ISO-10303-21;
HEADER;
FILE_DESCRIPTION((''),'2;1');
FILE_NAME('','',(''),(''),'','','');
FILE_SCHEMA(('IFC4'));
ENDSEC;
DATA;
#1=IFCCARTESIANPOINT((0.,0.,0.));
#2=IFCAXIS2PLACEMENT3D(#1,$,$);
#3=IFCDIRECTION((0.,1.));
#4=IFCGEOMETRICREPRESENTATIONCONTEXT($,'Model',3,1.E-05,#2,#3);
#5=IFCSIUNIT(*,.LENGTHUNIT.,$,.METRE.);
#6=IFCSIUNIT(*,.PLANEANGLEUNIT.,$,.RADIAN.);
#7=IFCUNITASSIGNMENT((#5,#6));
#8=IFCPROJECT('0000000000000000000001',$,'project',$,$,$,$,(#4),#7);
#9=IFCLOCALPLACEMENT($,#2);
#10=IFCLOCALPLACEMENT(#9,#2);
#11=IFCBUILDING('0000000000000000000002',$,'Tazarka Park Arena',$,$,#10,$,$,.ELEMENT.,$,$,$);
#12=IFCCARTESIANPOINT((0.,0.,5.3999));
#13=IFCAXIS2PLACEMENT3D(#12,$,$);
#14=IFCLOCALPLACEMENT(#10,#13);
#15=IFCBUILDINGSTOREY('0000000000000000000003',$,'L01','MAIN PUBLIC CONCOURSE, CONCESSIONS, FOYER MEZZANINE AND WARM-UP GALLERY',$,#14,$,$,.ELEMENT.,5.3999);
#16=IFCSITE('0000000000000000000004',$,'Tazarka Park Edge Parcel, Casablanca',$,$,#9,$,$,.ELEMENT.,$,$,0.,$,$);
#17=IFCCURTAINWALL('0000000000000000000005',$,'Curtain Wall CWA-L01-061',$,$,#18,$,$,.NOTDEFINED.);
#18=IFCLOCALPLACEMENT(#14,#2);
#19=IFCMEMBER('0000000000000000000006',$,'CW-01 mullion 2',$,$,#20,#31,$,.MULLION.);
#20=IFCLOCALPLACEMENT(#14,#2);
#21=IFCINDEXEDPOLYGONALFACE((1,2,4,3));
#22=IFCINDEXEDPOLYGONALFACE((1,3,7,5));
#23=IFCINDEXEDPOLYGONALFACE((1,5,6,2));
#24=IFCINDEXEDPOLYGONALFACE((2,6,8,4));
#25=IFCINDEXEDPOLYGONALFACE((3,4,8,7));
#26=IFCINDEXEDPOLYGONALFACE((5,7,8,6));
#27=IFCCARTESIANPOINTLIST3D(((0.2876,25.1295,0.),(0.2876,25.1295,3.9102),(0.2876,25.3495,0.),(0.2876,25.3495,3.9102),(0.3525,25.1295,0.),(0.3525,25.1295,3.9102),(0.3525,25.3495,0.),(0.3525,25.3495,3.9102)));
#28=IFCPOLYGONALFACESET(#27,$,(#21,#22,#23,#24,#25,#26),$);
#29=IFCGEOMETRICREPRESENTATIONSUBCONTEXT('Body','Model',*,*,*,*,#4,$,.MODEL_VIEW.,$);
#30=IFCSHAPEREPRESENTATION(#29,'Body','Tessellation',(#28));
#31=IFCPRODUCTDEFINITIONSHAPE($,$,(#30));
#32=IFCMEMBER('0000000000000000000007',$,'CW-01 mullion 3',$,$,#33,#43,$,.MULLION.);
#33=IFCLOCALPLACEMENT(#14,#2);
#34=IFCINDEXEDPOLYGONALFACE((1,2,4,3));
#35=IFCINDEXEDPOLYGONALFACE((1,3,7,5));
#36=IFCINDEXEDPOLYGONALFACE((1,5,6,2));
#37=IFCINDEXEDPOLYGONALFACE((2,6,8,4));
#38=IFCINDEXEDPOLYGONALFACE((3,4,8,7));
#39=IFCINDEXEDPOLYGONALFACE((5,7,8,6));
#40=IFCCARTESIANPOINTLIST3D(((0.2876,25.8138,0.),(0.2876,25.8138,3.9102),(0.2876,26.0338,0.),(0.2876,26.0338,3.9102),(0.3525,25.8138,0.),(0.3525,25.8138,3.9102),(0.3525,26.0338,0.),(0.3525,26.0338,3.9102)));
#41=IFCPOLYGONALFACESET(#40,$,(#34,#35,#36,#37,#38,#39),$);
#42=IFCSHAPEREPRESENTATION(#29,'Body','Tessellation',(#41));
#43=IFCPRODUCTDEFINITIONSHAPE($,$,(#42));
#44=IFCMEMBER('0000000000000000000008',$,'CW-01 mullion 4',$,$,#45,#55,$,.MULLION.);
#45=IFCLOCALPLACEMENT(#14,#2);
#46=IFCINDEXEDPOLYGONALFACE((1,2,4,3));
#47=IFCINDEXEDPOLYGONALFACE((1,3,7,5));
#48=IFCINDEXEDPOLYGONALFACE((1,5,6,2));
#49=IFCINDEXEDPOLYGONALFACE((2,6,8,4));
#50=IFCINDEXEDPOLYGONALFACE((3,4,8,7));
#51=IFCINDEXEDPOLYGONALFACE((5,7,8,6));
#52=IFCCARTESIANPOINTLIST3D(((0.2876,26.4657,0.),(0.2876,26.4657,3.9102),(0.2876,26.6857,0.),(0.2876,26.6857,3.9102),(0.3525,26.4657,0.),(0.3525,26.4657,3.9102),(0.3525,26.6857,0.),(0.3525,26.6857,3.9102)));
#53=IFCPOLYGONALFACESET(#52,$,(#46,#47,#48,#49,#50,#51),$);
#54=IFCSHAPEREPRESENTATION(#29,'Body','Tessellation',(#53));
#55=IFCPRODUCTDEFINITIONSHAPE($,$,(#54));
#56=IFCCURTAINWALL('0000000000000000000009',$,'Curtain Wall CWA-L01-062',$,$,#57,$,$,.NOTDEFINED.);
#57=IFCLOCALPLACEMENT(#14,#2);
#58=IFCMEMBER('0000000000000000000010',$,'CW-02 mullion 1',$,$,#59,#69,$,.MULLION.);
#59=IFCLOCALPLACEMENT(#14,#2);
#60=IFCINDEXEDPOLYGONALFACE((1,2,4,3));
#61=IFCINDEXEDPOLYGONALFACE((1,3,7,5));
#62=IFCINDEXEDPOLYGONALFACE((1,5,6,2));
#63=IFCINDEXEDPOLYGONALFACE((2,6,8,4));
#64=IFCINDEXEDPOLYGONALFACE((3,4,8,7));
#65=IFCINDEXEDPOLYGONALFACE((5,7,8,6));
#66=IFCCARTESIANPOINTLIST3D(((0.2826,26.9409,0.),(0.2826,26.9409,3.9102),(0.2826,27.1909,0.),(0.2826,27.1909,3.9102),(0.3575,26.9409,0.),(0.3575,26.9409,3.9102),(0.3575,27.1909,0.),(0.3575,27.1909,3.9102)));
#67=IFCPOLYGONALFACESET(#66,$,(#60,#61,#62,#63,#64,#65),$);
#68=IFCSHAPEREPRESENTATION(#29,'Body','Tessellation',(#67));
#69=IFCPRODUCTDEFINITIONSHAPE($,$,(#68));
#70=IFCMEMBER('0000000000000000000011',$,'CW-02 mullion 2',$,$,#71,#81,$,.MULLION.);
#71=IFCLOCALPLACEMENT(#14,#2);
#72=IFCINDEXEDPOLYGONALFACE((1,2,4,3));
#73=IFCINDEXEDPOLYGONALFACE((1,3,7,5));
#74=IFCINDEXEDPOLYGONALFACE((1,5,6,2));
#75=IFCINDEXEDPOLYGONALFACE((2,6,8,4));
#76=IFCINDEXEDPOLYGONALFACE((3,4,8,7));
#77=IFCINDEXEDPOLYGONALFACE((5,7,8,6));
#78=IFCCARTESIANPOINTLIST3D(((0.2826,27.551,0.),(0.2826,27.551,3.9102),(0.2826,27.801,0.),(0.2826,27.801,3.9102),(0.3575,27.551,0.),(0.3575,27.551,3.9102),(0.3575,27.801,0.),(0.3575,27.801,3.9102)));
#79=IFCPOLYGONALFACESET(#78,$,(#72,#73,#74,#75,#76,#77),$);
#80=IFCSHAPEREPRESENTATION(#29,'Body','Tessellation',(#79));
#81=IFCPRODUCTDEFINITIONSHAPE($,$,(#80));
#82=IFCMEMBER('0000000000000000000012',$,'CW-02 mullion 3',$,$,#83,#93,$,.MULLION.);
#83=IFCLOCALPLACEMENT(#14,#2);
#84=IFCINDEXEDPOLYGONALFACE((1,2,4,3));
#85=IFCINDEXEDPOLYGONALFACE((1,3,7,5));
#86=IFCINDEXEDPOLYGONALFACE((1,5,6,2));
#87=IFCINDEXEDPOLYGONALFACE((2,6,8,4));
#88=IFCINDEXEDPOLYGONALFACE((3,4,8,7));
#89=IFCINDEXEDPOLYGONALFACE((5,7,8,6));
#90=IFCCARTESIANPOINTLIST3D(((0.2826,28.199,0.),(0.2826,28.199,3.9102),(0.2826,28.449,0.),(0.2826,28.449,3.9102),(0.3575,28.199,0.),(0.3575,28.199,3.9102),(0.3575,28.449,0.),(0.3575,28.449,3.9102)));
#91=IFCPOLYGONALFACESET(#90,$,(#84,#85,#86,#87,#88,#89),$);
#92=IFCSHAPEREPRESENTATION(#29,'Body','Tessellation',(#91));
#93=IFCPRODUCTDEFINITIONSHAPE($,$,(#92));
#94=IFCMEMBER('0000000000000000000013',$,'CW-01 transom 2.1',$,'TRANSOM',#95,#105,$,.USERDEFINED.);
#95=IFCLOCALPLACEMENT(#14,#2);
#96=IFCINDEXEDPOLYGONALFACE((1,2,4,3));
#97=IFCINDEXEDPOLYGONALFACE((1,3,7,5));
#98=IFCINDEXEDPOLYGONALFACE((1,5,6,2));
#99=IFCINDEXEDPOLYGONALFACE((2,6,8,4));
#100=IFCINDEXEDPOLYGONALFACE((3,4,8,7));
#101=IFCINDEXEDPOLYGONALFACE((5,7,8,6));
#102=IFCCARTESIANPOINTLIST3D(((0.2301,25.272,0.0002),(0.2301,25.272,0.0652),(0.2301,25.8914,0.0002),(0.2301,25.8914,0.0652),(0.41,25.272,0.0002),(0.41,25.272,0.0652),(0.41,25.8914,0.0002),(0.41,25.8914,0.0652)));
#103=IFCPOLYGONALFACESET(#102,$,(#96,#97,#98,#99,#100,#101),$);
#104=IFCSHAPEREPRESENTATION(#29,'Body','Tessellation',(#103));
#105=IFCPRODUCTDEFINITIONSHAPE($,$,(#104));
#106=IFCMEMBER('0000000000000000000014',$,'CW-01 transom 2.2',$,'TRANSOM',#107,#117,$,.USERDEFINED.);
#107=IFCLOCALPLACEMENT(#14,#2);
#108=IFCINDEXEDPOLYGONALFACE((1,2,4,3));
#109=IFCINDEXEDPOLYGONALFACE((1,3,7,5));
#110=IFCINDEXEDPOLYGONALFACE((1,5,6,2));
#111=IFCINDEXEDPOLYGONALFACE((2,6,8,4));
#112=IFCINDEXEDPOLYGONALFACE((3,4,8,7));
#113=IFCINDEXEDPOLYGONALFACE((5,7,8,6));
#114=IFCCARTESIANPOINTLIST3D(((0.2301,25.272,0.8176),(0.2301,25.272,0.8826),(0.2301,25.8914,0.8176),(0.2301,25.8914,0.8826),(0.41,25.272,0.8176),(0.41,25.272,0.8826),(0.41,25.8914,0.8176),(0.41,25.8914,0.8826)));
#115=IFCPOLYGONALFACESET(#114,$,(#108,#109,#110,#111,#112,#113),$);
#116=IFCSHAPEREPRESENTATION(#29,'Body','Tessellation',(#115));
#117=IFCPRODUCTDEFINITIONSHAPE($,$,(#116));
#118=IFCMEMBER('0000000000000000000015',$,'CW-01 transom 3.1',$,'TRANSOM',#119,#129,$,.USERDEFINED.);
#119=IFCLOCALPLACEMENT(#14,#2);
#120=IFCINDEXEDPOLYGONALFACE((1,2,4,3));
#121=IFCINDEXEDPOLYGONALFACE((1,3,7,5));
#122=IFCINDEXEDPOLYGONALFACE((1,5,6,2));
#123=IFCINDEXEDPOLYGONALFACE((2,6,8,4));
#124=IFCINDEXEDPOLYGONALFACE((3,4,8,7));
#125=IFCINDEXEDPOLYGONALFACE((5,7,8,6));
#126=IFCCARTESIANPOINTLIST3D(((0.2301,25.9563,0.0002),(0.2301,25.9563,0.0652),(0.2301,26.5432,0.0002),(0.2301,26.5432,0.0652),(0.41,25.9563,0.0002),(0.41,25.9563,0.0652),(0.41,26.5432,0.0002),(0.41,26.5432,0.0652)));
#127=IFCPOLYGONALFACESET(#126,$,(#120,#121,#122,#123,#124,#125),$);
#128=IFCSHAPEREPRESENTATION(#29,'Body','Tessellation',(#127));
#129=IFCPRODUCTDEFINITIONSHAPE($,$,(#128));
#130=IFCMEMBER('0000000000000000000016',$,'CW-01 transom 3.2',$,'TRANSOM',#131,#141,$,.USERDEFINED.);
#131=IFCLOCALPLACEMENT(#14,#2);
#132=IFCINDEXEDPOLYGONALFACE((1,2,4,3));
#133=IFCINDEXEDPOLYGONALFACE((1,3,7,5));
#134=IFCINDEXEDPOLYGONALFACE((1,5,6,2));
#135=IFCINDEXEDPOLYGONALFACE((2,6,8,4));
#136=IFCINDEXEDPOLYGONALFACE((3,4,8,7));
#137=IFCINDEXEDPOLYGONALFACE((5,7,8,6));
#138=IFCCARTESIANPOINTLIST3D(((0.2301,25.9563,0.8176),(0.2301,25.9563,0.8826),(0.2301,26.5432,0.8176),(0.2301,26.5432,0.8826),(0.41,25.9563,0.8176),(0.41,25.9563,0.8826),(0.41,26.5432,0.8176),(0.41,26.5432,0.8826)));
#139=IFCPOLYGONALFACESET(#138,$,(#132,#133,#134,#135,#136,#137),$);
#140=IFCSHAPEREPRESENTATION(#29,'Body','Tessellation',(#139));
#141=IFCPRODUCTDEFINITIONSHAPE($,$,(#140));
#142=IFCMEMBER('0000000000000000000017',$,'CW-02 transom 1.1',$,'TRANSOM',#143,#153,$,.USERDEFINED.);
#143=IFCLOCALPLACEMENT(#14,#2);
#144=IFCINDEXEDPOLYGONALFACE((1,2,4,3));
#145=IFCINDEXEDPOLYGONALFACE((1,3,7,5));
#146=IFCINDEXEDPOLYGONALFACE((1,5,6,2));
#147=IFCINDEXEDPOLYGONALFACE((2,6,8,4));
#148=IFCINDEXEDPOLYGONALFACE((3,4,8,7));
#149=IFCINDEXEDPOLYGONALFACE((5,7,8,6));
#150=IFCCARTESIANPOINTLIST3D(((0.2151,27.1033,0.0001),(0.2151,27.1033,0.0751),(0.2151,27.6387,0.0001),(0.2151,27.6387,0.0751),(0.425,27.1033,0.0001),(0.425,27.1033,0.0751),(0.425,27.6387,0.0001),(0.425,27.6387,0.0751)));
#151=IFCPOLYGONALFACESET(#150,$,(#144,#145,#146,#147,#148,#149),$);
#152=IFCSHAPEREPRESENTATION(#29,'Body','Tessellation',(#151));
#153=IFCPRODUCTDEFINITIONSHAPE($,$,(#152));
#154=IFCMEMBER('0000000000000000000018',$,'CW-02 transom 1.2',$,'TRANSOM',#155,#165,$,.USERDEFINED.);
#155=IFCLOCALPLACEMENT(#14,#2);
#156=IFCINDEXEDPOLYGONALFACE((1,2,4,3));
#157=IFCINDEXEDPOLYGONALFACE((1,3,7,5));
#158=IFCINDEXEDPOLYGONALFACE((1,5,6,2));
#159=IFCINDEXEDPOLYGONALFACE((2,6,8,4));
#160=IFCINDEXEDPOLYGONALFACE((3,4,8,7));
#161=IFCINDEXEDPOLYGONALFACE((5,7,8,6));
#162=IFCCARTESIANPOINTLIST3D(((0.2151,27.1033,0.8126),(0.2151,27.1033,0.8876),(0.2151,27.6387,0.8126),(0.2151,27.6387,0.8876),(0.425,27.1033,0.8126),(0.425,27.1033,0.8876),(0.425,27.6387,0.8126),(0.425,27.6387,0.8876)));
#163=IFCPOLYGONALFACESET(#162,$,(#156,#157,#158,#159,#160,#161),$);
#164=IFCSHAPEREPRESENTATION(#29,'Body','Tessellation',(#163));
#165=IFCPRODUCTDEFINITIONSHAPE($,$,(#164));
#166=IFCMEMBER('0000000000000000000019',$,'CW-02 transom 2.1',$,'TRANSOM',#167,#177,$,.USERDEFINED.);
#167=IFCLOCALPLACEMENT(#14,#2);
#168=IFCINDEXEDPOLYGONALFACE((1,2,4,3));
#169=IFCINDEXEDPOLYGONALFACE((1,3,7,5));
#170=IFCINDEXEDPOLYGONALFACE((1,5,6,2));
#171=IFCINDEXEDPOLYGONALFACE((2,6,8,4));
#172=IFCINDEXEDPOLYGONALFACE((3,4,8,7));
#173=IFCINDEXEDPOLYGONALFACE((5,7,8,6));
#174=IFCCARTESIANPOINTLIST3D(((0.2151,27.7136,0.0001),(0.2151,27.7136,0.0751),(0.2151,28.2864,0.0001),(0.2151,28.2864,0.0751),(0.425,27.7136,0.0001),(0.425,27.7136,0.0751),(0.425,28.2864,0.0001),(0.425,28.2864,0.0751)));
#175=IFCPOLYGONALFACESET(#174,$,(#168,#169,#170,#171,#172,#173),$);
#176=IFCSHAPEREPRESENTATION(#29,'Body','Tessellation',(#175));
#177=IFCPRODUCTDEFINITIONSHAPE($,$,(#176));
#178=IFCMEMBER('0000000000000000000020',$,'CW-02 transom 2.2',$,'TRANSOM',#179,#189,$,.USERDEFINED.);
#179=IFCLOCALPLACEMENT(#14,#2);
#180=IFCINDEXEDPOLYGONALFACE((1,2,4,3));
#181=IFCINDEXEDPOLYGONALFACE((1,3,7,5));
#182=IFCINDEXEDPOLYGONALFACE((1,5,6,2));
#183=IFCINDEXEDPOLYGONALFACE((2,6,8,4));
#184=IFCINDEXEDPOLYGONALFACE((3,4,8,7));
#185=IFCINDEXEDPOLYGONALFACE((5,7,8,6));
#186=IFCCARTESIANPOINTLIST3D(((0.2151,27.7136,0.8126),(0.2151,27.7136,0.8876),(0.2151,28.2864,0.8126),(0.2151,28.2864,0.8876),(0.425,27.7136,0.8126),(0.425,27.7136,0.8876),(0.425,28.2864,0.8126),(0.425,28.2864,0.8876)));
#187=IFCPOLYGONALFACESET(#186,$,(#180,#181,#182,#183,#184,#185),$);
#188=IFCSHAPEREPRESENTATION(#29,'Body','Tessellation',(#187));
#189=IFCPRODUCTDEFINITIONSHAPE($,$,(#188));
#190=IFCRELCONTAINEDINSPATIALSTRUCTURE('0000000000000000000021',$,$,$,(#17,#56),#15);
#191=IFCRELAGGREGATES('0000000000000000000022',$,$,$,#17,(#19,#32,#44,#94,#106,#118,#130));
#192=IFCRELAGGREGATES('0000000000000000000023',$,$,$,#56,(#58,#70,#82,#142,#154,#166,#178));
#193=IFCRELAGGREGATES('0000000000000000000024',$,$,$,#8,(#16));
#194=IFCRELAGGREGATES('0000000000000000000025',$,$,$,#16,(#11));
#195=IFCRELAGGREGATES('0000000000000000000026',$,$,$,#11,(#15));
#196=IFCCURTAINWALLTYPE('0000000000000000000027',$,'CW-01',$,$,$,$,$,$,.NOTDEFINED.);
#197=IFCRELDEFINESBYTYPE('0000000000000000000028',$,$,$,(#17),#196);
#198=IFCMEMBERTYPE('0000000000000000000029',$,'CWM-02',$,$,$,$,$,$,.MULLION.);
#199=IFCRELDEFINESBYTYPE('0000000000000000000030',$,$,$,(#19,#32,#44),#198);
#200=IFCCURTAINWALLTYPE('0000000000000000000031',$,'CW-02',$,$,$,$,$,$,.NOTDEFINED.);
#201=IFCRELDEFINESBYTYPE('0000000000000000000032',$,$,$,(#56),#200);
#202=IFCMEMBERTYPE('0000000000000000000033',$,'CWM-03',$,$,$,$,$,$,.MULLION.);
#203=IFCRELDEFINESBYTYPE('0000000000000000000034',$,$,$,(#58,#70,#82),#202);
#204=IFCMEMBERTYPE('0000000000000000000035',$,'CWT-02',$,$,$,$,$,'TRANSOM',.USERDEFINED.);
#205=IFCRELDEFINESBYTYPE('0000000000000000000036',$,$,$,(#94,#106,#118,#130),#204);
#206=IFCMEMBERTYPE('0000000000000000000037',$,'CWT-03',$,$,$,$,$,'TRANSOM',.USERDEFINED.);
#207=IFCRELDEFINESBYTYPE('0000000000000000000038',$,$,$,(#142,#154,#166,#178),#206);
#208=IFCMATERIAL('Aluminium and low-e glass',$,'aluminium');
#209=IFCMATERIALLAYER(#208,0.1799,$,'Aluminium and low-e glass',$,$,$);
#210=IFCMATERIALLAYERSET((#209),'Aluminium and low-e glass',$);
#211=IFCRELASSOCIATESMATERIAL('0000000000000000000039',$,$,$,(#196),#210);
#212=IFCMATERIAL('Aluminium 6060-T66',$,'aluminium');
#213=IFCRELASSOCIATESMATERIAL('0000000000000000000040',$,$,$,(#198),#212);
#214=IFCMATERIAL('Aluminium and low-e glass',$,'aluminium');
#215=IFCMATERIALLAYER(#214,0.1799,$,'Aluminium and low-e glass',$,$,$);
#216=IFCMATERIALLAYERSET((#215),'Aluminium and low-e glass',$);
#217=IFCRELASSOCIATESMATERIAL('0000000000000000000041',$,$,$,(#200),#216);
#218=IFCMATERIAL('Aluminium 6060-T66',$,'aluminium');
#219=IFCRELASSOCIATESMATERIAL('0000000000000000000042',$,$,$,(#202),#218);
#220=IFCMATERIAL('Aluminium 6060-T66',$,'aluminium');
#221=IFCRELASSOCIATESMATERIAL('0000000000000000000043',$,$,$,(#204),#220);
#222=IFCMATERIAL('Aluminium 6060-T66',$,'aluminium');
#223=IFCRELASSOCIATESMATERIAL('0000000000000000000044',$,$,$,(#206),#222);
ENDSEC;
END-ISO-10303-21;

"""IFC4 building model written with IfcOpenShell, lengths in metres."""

from ifc_helpers import new_model, si_unit, direction, frame, origin, origin_2d, place, context, subcontext, project, spatial, rectangle, extrude, material, layer, layer_set, material_profile, profile_set, type_object, element, aggregate, save


model = new_model("IFC4")

# Units and contexts
model_context = context("Model", 3, precision=1e-05, world=origin(), true_north=direction((0.0, 1.0)))
body_context = subcontext(model_context, "Body", "Model", "MODEL_VIEW")
ifc_project = project(units=[si_unit("LENGTHUNIT", "METRE"), si_unit("PLANEANGLEUNIT", "RADIAN")], contexts=[model_context])

# Site, building, storey
site_placement = place(None, origin())
site = spatial("IfcSite", under=ifc_project, at=site_placement, Name="Tazarka Park Edge Parcel, Casablanca", CompositionType="ELEMENT", RefElevation=0.0)
building_placement = place(site_placement, origin())
building = spatial("IfcBuilding", under=site, at=building_placement, Name="Tazarka Park Arena", CompositionType="ELEMENT")
storey_placement = place(building_placement, frame((0.0, 0.0, 5.3999)))
storey = spatial("IfcBuildingStorey", under=building, at=storey_placement, Name="L01", Description="MAIN PUBLIC CONCOURSE, CONCESSIONS, FOYER MEZZANINE AND WARM-UP GALLERY", CompositionType="ELEMENT", Elevation=5.3999)

# Curtain walls, members
ifc_material_1 = material(Name="Aluminium and low-e glass", Category="aluminium")
ifc_layer_1 = layer(ifc_material_1, 0.1799, Name="Aluminium and low-e glass")
ifc_layer_set_1 = layer_set([ifc_layer_1], Name="Aluminium and low-e glass")
curtain_wall_type_1 = type_object("IfcCurtainWallType", Name="CW-01", PredefinedType="NOTDEFINED", material=ifc_layer_set_1)
curtain_wall_1_placement = place(storey_placement, origin())
curtain_wall_1 = element("IfcCurtainWall", 1, at=curtain_wall_1_placement, inside=storey, type_object=curtain_wall_type_1, Name="Curtain Wall CWA-L01-061", PredefinedType="NOTDEFINED")
ifc_material_2 = material(Name="Aluminium 6060-T66", Category="aluminium")
ifc_material_profile_1 = material_profile(ifc_material_2, rectangle(XDim=0.0649, YDim=0.22, at=origin_2d()), Name="Aluminium 6060-T66")
ifc_profile_set_1 = profile_set([ifc_material_profile_1], Name="Aluminium 6060-T66")
member_type_1 = type_object("IfcMemberType", Name="CWM-02", PredefinedType="MULLION", material=ifc_profile_set_1)
member_1_placement = place(storey_placement, frame((0.3201, 25.2395, 0.0), z_axis=(0.0, 0.0, 1.0), x_axis=(-1.0, 0.0, 0.0)))
member_1 = element("IfcMember", 2, at=member_1_placement, type_object=member_type_1, Name="CW-01 mullion 2", PredefinedType="MULLION", context=body_context, shape_type="SweptSolid", body=[
    extrude(rectangle(XDim=0.0649, YDim=0.22, at=origin_2d()), origin(), (0.0, 0.0, 1.0), 3.9102),
])
member_2_placement = place(storey_placement, frame((0.3201, 25.9238, 0.0), z_axis=(0.0, 0.0, 1.0), x_axis=(-1.0, 0.0, 0.0)))
member_2 = element("IfcMember", 3, at=member_2_placement, type_object=member_type_1, Name="CW-01 mullion 3", PredefinedType="MULLION", context=body_context, shape_type="SweptSolid", body=[
    extrude(rectangle(XDim=0.0649, YDim=0.22, at=origin_2d()), origin(), (0.0, 0.0, 1.0), 3.9102),
])
member_3_placement = place(storey_placement, frame((0.3201, 26.5757, 0.0), z_axis=(0.0, 0.0, 1.0), x_axis=(-1.0, 0.0, 0.0)))
member_3 = element("IfcMember", 4, at=member_3_placement, type_object=member_type_1, Name="CW-01 mullion 4", PredefinedType="MULLION", context=body_context, shape_type="SweptSolid", body=[
    extrude(rectangle(XDim=0.0649, YDim=0.22, at=origin_2d()), origin(), (0.0, 0.0, 1.0), 3.9102),
])
ifc_material_3 = material(Name="Aluminium and low-e glass", Category="aluminium")
ifc_layer_2 = layer(ifc_material_3, 0.1799, Name="Aluminium and low-e glass")
ifc_layer_set_2 = layer_set([ifc_layer_2], Name="Aluminium and low-e glass")
curtain_wall_type_2 = type_object("IfcCurtainWallType", Name="CW-02", PredefinedType="NOTDEFINED", material=ifc_layer_set_2)
curtain_wall_2_placement = place(storey_placement, origin())
curtain_wall_2 = element("IfcCurtainWall", 5, at=curtain_wall_2_placement, inside=storey, type_object=curtain_wall_type_2, Name="Curtain Wall CWA-L01-062", PredefinedType="NOTDEFINED")
ifc_material_4 = material(Name="Aluminium 6060-T66", Category="aluminium")
ifc_material_profile_2 = material_profile(ifc_material_4, rectangle(XDim=0.075, YDim=0.25, at=origin_2d()), Name="Aluminium 6060-T66")
ifc_profile_set_2 = profile_set([ifc_material_profile_2], Name="Aluminium 6060-T66")
member_type_2 = type_object("IfcMemberType", Name="CWM-03", PredefinedType="MULLION", material=ifc_profile_set_2)
member_4_placement = place(storey_placement, frame((0.3201, 27.0659, 0.0), z_axis=(0.0, 0.0, 1.0), x_axis=(-1.0, 0.0, 0.0)))
member_4 = element("IfcMember", 6, at=member_4_placement, type_object=member_type_2, Name="CW-02 mullion 1", PredefinedType="MULLION", context=body_context, shape_type="SweptSolid", body=[
    extrude(rectangle(XDim=0.075, YDim=0.25, at=origin_2d()), origin(), (0.0, 0.0, 1.0), 3.9102),
])
member_5_placement = place(storey_placement, frame((0.3201, 27.676, 0.0), z_axis=(0.0, 0.0, 1.0), x_axis=(-1.0, 0.0, 0.0)))
member_5 = element("IfcMember", 7, at=member_5_placement, type_object=member_type_2, Name="CW-02 mullion 2", PredefinedType="MULLION", context=body_context, shape_type="SweptSolid", body=[
    extrude(rectangle(XDim=0.075, YDim=0.25, at=origin_2d()), origin(), (0.0, 0.0, 1.0), 3.9102),
])
member_6_placement = place(storey_placement, frame((0.3201, 28.324, 0.0), z_axis=(0.0, 0.0, 1.0), x_axis=(-1.0, 0.0, 0.0)))
member_6 = element("IfcMember", 8, at=member_6_placement, type_object=member_type_2, Name="CW-02 mullion 3", PredefinedType="MULLION", context=body_context, shape_type="SweptSolid", body=[
    extrude(rectangle(XDim=0.075, YDim=0.25, at=origin_2d()), origin(), (0.0, 0.0, 1.0), 3.9102),
])

# Members
ifc_material_5 = material(Name="Aluminium 6060-T66", Category="aluminium")
ifc_material_profile_3 = material_profile(ifc_material_5, rectangle(XDim=0.1799, YDim=0.0649, at=origin_2d()), Name="Aluminium 6060-T66")
ifc_profile_set_3 = profile_set([ifc_material_profile_3], Name="Aluminium 6060-T66")
member_type_3 = type_object("IfcMemberType", Name="CWT-02", ElementType="TRANSOM", PredefinedType="USERDEFINED", material=ifc_profile_set_3)
member_7_placement = place(storey_placement, frame((0.3201, 25.272, 0.0327), z_axis=(0.0, 1.0, 0.0), x_axis=(-1.0, 0.0, 0.0)))
member_7 = element("IfcMember", 9, at=member_7_placement, type_object=member_type_3, Name="CW-01 transom 2.1", ObjectType="TRANSOM", PredefinedType="USERDEFINED", context=body_context, shape_type="SweptSolid", body=[
    extrude(rectangle(XDim=0.1799, YDim=0.0649, at=origin_2d()), origin(), (0.0, 0.0, 1.0), 0.6194),
])
member_8_placement = place(storey_placement, frame((0.3201, 25.272, 0.8501), z_axis=(0.0, 1.0, 0.0), x_axis=(-1.0, 0.0, 0.0)))
member_8 = element("IfcMember", 10, at=member_8_placement, type_object=member_type_3, Name="CW-01 transom 2.2", ObjectType="TRANSOM", PredefinedType="USERDEFINED", context=body_context, shape_type="SweptSolid", body=[
    extrude(rectangle(XDim=0.1799, YDim=0.0649, at=origin_2d()), origin(), (0.0, 0.0, 1.0), 0.6194),
])
member_9_placement = place(storey_placement, frame((0.3201, 25.9563, 0.0327), z_axis=(0.0, 1.0, 0.0), x_axis=(-1.0, 0.0, 0.0)))
member_9 = element("IfcMember", 11, at=member_9_placement, type_object=member_type_3, Name="CW-01 transom 3.1", ObjectType="TRANSOM", PredefinedType="USERDEFINED", context=body_context, shape_type="SweptSolid", body=[
    extrude(rectangle(XDim=0.1799, YDim=0.0649, at=origin_2d()), origin(), (0.0, 0.0, 1.0), 0.5869),
])
member_10_placement = place(storey_placement, frame((0.3201, 25.9563, 0.8501), z_axis=(0.0, 1.0, 0.0), x_axis=(-1.0, 0.0, 0.0)))
member_10 = element("IfcMember", 12, at=member_10_placement, type_object=member_type_3, Name="CW-01 transom 3.2", ObjectType="TRANSOM", PredefinedType="USERDEFINED", context=body_context, shape_type="SweptSolid", body=[
    extrude(rectangle(XDim=0.1799, YDim=0.0649, at=origin_2d()), origin(), (0.0, 0.0, 1.0), 0.5869),
])
ifc_material_6 = material(Name="Aluminium 6060-T66", Category="aluminium")
ifc_material_profile_4 = material_profile(ifc_material_6, rectangle(XDim=0.21, YDim=0.075, at=origin_2d()), Name="Aluminium 6060-T66")
ifc_profile_set_4 = profile_set([ifc_material_profile_4], Name="Aluminium 6060-T66")
member_type_4 = type_object("IfcMemberType", Name="CWT-03", ElementType="TRANSOM", PredefinedType="USERDEFINED", material=ifc_profile_set_4)
member_11_placement = place(storey_placement, frame((0.3201, 27.1033, 0.0376), z_axis=(0.0, 1.0, 0.0), x_axis=(-1.0, 0.0, 0.0)))
member_11 = element("IfcMember", 13, at=member_11_placement, type_object=member_type_4, Name="CW-02 transom 1.1", ObjectType="TRANSOM", PredefinedType="USERDEFINED", context=body_context, shape_type="SweptSolid", body=[
    extrude(rectangle(XDim=0.21, YDim=0.075, at=origin_2d()), origin(), (0.0, 0.0, 1.0), 0.5354),
])
member_12_placement = place(storey_placement, frame((0.3201, 27.1033, 0.8501), z_axis=(0.0, 1.0, 0.0), x_axis=(-1.0, 0.0, 0.0)))
member_12 = element("IfcMember", 14, at=member_12_placement, type_object=member_type_4, Name="CW-02 transom 1.2", ObjectType="TRANSOM", PredefinedType="USERDEFINED", context=body_context, shape_type="SweptSolid", body=[
    extrude(rectangle(XDim=0.21, YDim=0.075, at=origin_2d()), origin(), (0.0, 0.0, 1.0), 0.5354),
])
member_13_placement = place(storey_placement, frame((0.3201, 27.7136, 0.0376), z_axis=(0.0, 1.0, 0.0), x_axis=(-1.0, 0.0, 0.0)))
member_13 = element("IfcMember", 15, at=member_13_placement, type_object=member_type_4, Name="CW-02 transom 2.1", ObjectType="TRANSOM", PredefinedType="USERDEFINED", context=body_context, shape_type="SweptSolid", body=[
    extrude(rectangle(XDim=0.21, YDim=0.075, at=origin_2d()), origin(), (0.0, 0.0, 1.0), 0.5728),
])
member_14_placement = place(storey_placement, frame((0.3201, 27.7136, 0.8501), z_axis=(0.0, 1.0, 0.0), x_axis=(-1.0, 0.0, 0.0)))
member_14 = element("IfcMember", 16, at=member_14_placement, type_object=member_type_4, Name="CW-02 transom 2.2", ObjectType="TRANSOM", PredefinedType="USERDEFINED", context=body_context, shape_type="SweptSolid", body=[
    extrude(rectangle(XDim=0.21, YDim=0.075, at=origin_2d()), origin(), (0.0, 0.0, 1.0), 0.5728),
])

aggregate(curtain_wall_1, [member_1, member_2, member_3, member_7, member_8, member_9, member_10])
aggregate(curtain_wall_2, [member_4, member_5, member_6, member_11, member_12, member_13, member_14])

save(model, "model.ifc")
